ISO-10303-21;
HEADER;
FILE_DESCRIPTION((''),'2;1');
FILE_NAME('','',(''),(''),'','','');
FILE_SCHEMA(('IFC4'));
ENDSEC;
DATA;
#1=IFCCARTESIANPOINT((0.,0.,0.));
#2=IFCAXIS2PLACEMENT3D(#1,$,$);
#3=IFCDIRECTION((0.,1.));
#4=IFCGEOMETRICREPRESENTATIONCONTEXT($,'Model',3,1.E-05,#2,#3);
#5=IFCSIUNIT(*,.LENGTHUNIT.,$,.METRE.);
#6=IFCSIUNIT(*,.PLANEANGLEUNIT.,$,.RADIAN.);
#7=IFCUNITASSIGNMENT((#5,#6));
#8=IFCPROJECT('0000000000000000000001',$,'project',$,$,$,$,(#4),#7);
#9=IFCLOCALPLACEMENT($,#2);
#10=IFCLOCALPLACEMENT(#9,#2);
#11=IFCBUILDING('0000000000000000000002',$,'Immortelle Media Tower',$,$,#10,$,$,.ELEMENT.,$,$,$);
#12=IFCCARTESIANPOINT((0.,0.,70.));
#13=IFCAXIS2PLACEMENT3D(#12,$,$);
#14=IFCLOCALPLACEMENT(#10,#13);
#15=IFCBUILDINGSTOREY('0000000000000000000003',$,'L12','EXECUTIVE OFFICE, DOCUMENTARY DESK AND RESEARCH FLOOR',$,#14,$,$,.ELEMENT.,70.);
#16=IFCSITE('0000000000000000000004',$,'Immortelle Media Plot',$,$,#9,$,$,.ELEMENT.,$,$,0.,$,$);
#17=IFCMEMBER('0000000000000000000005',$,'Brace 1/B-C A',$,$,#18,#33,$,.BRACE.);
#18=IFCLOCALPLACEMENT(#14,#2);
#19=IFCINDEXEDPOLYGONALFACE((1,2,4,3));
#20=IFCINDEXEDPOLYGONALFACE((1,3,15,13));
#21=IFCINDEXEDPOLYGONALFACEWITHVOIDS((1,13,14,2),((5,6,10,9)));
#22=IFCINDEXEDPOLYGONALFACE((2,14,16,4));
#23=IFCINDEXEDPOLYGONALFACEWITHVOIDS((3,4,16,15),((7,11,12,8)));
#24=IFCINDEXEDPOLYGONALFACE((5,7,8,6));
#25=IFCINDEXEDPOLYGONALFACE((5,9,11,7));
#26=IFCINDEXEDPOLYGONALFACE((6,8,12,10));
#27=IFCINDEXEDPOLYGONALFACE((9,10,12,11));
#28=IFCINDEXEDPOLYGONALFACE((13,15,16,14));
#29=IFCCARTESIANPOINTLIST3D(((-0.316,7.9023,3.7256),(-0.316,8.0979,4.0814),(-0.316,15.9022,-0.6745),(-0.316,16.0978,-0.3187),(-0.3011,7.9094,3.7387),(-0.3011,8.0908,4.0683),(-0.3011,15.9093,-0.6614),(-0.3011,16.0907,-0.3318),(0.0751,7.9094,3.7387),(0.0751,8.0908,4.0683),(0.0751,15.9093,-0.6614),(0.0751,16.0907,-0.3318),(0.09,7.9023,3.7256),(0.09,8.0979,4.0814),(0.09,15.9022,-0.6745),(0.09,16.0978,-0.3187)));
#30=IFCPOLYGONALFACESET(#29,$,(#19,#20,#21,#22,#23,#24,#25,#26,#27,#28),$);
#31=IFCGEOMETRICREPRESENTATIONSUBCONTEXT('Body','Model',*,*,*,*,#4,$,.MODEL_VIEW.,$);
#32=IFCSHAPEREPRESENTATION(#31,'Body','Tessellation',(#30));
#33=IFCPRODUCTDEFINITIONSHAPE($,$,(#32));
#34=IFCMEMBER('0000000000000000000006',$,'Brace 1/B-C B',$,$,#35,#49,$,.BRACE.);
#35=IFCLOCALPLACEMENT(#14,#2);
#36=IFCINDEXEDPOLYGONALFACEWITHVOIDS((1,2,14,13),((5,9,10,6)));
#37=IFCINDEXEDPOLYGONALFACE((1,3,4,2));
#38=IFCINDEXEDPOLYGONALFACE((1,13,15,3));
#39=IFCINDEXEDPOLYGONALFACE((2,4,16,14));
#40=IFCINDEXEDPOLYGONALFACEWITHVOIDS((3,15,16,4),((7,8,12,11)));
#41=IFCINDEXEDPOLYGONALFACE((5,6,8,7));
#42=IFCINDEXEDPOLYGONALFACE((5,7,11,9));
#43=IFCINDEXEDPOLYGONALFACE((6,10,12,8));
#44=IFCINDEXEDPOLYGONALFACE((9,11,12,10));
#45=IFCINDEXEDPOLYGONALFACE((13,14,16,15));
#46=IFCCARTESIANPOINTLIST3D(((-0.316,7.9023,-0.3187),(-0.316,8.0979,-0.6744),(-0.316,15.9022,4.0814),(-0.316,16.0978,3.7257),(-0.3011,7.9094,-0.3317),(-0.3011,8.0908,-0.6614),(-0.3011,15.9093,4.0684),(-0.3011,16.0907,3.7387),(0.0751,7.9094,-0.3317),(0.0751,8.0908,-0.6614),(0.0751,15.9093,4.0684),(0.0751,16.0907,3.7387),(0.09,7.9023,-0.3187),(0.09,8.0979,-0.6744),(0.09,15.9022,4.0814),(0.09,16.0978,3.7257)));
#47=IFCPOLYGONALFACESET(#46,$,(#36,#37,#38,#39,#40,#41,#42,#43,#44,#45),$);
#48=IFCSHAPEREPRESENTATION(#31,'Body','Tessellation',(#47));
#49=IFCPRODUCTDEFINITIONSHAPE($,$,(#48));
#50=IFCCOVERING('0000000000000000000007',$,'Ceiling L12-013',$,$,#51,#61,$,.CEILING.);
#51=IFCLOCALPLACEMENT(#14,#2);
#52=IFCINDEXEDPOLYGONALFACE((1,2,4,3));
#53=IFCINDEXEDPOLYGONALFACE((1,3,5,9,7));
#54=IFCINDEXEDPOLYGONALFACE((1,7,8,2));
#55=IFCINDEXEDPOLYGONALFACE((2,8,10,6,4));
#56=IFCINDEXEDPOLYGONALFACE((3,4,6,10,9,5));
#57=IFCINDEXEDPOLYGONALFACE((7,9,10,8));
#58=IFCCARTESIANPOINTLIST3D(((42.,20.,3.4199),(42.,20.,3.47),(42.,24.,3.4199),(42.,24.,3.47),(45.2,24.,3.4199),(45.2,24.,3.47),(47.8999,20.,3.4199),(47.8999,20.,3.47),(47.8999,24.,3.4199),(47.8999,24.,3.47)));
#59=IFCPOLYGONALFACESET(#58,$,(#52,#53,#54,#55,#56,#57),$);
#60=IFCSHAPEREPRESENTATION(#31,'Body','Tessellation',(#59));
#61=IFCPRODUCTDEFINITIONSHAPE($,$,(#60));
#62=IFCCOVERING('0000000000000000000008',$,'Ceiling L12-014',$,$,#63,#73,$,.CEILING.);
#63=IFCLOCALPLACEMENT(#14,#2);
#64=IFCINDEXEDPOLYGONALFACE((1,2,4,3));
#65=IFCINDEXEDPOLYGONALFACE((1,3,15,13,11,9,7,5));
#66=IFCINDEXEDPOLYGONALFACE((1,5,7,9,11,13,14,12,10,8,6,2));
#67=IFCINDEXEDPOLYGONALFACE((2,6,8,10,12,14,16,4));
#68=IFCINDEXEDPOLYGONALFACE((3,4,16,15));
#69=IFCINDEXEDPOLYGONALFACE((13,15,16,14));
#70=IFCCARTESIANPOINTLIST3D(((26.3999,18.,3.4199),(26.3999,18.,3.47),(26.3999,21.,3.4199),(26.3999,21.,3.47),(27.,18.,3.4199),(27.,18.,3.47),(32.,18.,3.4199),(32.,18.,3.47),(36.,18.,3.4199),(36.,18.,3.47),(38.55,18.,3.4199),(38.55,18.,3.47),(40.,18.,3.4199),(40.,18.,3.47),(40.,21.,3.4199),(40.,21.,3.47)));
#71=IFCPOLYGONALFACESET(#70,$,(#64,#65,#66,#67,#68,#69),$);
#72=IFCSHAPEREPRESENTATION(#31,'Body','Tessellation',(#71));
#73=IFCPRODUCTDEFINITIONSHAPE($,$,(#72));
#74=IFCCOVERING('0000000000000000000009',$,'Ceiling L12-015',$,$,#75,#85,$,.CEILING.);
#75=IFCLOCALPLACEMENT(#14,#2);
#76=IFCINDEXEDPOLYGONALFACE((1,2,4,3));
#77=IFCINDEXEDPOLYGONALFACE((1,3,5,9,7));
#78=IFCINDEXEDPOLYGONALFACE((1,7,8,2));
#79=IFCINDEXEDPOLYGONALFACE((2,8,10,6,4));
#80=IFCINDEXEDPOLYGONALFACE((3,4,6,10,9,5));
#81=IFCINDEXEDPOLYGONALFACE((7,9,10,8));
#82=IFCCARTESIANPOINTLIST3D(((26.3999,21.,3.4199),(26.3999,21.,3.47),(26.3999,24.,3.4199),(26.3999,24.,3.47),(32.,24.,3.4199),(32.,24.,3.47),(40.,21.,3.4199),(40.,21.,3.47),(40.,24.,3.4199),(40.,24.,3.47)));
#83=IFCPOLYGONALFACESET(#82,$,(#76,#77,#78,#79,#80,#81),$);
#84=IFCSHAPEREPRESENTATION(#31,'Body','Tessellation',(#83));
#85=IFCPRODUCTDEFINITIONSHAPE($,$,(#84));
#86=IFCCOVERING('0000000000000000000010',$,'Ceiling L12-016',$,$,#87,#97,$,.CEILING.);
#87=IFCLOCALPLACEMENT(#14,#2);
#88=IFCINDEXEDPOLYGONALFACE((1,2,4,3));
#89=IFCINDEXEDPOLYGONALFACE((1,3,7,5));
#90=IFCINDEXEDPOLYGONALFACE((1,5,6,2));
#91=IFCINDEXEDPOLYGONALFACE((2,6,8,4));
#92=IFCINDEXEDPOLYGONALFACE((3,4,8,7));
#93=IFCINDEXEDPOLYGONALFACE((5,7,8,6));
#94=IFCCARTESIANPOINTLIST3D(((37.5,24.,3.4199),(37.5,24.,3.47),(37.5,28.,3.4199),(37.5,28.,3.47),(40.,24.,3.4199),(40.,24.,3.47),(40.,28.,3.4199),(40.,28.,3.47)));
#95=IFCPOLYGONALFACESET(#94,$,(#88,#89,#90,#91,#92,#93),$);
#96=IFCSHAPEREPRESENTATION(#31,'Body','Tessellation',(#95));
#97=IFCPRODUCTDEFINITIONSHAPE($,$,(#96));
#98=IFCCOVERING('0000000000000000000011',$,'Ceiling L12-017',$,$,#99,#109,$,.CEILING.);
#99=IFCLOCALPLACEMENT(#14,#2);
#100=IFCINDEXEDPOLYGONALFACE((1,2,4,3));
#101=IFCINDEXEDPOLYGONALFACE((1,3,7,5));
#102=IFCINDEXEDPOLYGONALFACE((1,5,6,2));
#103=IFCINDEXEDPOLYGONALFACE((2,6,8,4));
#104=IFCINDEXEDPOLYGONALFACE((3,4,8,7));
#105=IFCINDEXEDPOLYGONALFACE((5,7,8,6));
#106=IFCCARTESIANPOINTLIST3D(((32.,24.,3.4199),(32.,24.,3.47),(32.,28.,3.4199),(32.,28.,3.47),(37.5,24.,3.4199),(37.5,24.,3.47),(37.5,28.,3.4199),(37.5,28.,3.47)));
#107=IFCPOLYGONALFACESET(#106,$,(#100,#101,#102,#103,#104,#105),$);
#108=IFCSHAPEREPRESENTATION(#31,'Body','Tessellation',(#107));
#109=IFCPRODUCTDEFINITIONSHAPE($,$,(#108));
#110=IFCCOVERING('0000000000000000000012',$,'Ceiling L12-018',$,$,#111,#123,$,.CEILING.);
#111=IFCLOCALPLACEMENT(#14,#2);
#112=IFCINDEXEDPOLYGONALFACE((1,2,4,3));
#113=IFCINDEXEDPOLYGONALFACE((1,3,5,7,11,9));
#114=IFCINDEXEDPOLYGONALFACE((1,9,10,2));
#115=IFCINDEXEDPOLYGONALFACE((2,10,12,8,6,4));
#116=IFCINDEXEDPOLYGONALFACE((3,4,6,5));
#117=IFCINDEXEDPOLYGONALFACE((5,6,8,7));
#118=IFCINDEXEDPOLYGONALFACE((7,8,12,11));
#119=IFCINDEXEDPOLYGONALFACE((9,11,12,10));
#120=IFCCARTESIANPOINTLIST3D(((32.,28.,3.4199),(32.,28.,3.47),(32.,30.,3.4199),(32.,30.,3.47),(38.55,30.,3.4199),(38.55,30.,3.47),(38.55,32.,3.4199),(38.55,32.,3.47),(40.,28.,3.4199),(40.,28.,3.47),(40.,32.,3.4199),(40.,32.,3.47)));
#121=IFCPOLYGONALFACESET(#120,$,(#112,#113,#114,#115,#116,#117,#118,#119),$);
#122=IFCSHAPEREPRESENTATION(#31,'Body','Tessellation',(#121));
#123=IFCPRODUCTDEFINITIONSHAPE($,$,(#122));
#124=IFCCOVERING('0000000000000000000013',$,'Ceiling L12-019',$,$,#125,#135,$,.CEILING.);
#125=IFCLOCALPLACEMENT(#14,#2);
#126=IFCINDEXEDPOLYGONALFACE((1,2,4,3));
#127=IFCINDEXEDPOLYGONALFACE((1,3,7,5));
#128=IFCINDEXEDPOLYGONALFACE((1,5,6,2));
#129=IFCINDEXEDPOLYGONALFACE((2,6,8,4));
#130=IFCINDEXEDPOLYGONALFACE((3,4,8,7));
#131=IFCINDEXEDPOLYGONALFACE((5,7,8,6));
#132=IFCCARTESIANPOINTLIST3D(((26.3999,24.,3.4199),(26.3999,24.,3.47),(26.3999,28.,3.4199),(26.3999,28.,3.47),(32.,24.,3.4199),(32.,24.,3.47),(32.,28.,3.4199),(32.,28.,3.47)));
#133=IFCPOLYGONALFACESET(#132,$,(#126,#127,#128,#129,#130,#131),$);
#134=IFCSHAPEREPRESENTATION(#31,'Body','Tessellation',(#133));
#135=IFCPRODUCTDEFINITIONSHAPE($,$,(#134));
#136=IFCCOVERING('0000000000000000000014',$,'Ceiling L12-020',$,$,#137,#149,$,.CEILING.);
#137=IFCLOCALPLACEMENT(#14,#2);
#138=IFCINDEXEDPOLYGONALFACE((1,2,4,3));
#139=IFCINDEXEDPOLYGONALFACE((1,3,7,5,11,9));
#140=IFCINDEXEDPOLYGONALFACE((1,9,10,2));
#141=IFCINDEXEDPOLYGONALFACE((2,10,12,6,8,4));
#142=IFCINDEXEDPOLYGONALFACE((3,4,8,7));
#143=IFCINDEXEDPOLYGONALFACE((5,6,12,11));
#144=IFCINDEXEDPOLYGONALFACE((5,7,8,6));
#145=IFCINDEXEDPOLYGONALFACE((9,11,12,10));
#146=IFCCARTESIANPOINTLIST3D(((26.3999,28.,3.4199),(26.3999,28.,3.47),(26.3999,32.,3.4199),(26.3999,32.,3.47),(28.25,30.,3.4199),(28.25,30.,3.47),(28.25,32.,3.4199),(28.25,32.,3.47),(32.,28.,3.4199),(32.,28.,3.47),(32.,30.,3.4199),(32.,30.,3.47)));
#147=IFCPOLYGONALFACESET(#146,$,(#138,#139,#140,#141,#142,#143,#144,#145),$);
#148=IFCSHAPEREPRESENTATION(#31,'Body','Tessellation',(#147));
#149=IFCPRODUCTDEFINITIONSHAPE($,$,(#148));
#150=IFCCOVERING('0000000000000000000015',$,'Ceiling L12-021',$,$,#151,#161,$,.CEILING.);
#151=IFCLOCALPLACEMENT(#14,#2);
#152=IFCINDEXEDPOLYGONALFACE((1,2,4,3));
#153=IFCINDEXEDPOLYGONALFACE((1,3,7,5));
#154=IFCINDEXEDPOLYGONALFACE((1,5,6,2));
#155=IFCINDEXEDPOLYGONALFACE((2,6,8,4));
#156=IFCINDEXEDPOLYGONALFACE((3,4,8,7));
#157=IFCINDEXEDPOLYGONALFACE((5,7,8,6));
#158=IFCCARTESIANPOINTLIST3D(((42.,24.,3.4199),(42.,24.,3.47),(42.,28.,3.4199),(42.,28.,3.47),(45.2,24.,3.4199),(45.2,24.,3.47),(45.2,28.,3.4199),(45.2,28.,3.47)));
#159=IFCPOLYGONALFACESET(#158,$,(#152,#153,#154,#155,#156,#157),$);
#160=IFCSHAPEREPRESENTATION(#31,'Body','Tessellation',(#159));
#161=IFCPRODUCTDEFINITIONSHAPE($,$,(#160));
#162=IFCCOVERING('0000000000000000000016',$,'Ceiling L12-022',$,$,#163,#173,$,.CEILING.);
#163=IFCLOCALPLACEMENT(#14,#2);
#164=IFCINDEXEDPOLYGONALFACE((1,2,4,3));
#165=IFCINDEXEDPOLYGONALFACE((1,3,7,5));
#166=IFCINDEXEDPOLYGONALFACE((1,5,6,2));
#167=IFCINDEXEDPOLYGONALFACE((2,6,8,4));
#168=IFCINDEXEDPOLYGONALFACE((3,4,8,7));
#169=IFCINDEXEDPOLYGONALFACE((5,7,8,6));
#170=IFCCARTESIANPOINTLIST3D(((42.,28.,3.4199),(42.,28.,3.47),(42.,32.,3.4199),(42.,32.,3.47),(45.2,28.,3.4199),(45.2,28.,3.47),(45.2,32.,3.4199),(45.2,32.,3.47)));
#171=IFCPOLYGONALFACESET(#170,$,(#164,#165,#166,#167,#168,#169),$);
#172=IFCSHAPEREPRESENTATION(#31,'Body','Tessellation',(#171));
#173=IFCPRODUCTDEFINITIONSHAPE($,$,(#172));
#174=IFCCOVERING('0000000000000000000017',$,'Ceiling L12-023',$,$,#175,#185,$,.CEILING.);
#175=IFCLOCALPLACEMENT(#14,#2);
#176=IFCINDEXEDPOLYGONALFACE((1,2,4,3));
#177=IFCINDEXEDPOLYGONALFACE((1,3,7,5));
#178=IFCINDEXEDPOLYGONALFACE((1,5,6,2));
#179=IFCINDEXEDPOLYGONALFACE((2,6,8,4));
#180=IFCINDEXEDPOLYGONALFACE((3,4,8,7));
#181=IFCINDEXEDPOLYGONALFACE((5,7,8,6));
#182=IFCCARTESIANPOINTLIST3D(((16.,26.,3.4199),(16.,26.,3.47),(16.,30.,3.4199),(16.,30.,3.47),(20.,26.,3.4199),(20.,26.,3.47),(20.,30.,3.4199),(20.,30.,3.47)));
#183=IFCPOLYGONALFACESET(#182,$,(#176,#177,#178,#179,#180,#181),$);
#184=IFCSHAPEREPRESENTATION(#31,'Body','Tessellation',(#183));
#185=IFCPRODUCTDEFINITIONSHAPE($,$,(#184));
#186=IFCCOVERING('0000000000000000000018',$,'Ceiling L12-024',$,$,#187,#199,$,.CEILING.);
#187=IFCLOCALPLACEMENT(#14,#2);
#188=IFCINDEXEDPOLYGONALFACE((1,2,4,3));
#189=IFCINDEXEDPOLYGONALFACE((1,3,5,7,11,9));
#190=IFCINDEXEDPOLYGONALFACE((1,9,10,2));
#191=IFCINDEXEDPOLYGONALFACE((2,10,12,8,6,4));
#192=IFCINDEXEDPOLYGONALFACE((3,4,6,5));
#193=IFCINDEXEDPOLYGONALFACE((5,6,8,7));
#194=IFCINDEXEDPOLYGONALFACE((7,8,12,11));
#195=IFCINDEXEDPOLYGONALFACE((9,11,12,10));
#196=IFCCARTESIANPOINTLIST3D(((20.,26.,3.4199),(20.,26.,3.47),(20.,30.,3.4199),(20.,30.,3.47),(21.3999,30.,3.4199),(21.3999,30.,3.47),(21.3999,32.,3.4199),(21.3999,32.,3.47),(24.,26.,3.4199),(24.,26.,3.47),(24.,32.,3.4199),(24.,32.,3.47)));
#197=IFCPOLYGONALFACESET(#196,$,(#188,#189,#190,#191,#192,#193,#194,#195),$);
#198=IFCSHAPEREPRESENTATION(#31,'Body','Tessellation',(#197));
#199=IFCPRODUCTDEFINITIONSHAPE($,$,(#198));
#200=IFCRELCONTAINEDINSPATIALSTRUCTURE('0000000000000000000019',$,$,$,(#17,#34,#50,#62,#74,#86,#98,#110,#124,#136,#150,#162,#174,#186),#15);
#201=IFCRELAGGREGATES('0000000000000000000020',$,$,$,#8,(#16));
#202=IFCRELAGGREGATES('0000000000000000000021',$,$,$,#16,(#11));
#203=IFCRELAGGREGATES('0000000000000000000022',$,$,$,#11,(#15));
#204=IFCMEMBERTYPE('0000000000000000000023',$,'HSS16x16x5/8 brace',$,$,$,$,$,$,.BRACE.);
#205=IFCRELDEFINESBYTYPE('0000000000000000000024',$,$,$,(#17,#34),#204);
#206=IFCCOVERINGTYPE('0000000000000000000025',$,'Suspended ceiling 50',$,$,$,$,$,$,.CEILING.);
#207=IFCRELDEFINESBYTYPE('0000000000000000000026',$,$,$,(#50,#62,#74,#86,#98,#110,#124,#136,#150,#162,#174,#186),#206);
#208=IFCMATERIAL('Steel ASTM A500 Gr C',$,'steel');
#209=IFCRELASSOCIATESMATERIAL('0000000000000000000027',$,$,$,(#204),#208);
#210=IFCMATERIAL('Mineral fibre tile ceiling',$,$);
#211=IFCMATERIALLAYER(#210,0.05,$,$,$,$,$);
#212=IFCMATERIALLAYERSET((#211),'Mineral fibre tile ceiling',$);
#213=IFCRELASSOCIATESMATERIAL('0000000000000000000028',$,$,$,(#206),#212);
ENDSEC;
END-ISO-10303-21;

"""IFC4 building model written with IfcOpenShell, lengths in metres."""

from ifc_helpers import new_model, si_unit, direction, frame, origin, origin_2d, place, context, subcontext, project, spatial, polyline, hollow_rectangle, outline, extrude, material, layer, layer_set, material_profile, profile_set, type_object, element, save


model = new_model("IFC4")

# Units and contexts
model_context = context("Model", 3, precision=1e-05, world=origin(), true_north=direction((0.0, 1.0)))
body_context = subcontext(model_context, "Body", "Model", "MODEL_VIEW")
ifc_project = project(units=[si_unit("LENGTHUNIT", "METRE"), si_unit("PLANEANGLEUNIT", "RADIAN")], contexts=[model_context])

# Site, building, storey
site_placement = place(None, origin())
site = spatial("IfcSite", under=ifc_project, at=site_placement, Name="Immortelle Media Plot", CompositionType="ELEMENT", RefElevation=0.0)
building_placement = place(site_placement, origin())
building = spatial("IfcBuilding", under=site, at=building_placement, Name="Immortelle Media Tower", CompositionType="ELEMENT")
storey_placement = place(building_placement, frame((0.0, 0.0, 70.0)))
storey = spatial("IfcBuildingStorey", under=building, at=storey_placement, Name="L12", Description="EXECUTIVE OFFICE, DOCUMENTARY DESK AND RESEARCH FLOOR", CompositionType="ELEMENT", Elevation=70.0)

# Members
ifc_material_1 = material(Name="Steel ASTM A500 Gr C", Category="steel")
ifc_material_profile_1 = material_profile(ifc_material_1, hollow_rectangle(XDim=0.406, YDim=0.406, WallThickness=0.0149, at=origin_2d()), Name="HSS16x16x5/8 brace")
ifc_profile_set_1 = profile_set([ifc_material_profile_1], Name="Steel ASTM A500 Gr C")
member_type = type_object("IfcMemberType", Name="HSS16x16x5/8 brace", PredefinedType="BRACE", material=ifc_profile_set_1)
for number, where, z_axis, x_axis, name in (
    (1, (-0.113, 16.0, -0.4966), (0.0, -0.876209, 0.481931), (1.0, 0.0, 0.0), "Brace 1/B-C A"),
    (2, (-0.113, 16.0, 3.9036), (0.0, -0.876209, -0.481931), (1.0, 0.0, 0.0), "Brace 1/B-C B"),
):
    element("IfcMember", number, at=place(storey_placement, frame(where, z_axis=z_axis, x_axis=x_axis)), inside=storey, type_object=member_type, Name=name, PredefinedType="BRACE", context=body_context, shape_type="SweptSolid", body=[
        extrude(hollow_rectangle(XDim=0.406, YDim=0.406, WallThickness=0.0149, at=origin_2d()), origin(), (0.0, 0.0, 1.0), 9.1301),
    ])

# Coverings
ifc_material_2 = material(Name="Mineral fibre tile ceiling")
ifc_layer = layer(ifc_material_2, 0.05)
ifc_layer_set = layer_set([ifc_layer], Name="Mineral fibre tile ceiling")
covering_type = type_object("IfcCoveringType", Name="Suspended ceiling 50", PredefinedType="CEILING", material=ifc_layer_set)
covering_1_placement = place(storey_placement, frame((0.0, 0.0, 3.4199)))
element("IfcCovering", 3, at=covering_1_placement, inside=storey, type_object=covering_type, Name="Ceiling L12-013", PredefinedType="CEILING", context=body_context, shape_type="SweptSolid", body=[
    extrude(outline(polyline([(42.0, 24.0), (45.2, 24.0), (47.8999, 24.0), (47.8999, 20.0), (42.0, 20.0), (42.0, 24.0)])), origin(), (0.0, 0.0, 1.0), 0.05),
])
covering_2_placement = place(storey_placement, frame((0.0, 0.0, 3.4199)))
element("IfcCovering", 4, at=covering_2_placement, inside=storey, type_object=covering_type, Name="Ceiling L12-014", PredefinedType="CEILING", context=body_context, shape_type="SweptSolid", body=[
    extrude(outline(polyline([(26.3999, 18.0), (26.3999, 21.0), (40.0, 21.0), (40.0, 18.0), (38.55, 18.0), (36.0, 18.0), (32.0, 18.0), (27.0, 18.0), (26.3999, 18.0)])), origin(), (0.0, 0.0, 1.0), 0.05),
])
covering_3_placement = place(storey_placement, frame((0.0, 0.0, 3.4199)))
element("IfcCovering", 5, at=covering_3_placement, inside=storey, type_object=covering_type, Name="Ceiling L12-015", PredefinedType="CEILING", context=body_context, shape_type="SweptSolid", body=[
    extrude(outline(polyline([(26.3999, 24.0), (32.0, 24.0), (40.0, 24.0), (40.0, 21.0), (26.3999, 21.0), (26.3999, 24.0)])), origin(), (0.0, 0.0, 1.0), 0.05),
])
covering_4_placement = place(storey_placement, frame((0.0, 0.0, 3.4199)))
element("IfcCovering", 6, at=covering_4_placement, inside=storey, type_object=covering_type, Name="Ceiling L12-016", PredefinedType="CEILING", context=body_context, shape_type="SweptSolid", body=[
    extrude(outline(polyline([(40.0, 28.0), (40.0, 24.0), (37.5, 24.0), (37.5, 28.0), (40.0, 28.0)])), origin(), (0.0, 0.0, 1.0), 0.05),
])
covering_5_placement = place(storey_placement, frame((0.0, 0.0, 3.4199)))
element("IfcCovering", 7, at=covering_5_placement, inside=storey, type_object=covering_type, Name="Ceiling L12-017", PredefinedType="CEILING", context=body_context, shape_type="SweptSolid", body=[
    extrude(outline(polyline([(37.5, 28.0), (37.5, 24.0), (32.0, 24.0), (32.0, 28.0), (37.5, 28.0)])), origin(), (0.0, 0.0, 1.0), 0.05),
])
covering_6_placement = place(storey_placement, frame((0.0, 0.0, 3.4199)))
element("IfcCovering", 8, at=covering_6_placement, inside=storey, type_object=covering_type, Name="Ceiling L12-018", PredefinedType="CEILING", context=body_context, shape_type="SweptSolid", body=[
    extrude(outline(polyline([(32.0, 30.0), (38.55, 30.0), (38.55, 32.0), (40.0, 32.0), (40.0, 28.0), (32.0, 28.0), (32.0, 30.0)])), origin(), (0.0, 0.0, 1.0), 0.05),
])
covering_7_placement = place(storey_placement, frame((0.0, 0.0, 3.4199)))
element("IfcCovering", 9, at=covering_7_placement, inside=storey, type_object=covering_type, Name="Ceiling L12-019", PredefinedType="CEILING", context=body_context, shape_type="SweptSolid", body=[
    extrude(outline(polyline([(26.3999, 28.0), (32.0, 28.0), (32.0, 24.0), (26.3999, 24.0), (26.3999, 28.0)])), origin(), (0.0, 0.0, 1.0), 0.05),
])
covering_8_placement = place(storey_placement, frame((0.0, 0.0, 3.4199)))
element("IfcCovering", 10, at=covering_8_placement, inside=storey, type_object=covering_type, Name="Ceiling L12-020", PredefinedType="CEILING", context=body_context, shape_type="SweptSolid", body=[
    extrude(outline(polyline([(26.3999, 32.0), (28.25, 32.0), (28.25, 30.0), (32.0, 30.0), (32.0, 28.0), (26.3999, 28.0), (26.3999, 32.0)])), origin(), (0.0, 0.0, 1.0), 0.05),
])
covering_9_placement = place(storey_placement, frame((0.0, 0.0, 3.4199)))
element("IfcCovering", 11, at=covering_9_placement, inside=storey, type_object=covering_type, Name="Ceiling L12-021", PredefinedType="CEILING", context=body_context, shape_type="SweptSolid", body=[
    extrude(outline(polyline([(42.0, 24.0), (42.0, 28.0), (45.2, 28.0), (45.2, 24.0), (42.0, 24.0)])), origin(), (0.0, 0.0, 1.0), 0.05),
])
covering_10_placement = place(storey_placement, frame((0.0, 0.0, 3.4199)))
element("IfcCovering", 12, at=covering_10_placement, inside=storey, type_object=covering_type, Name="Ceiling L12-022", PredefinedType="CEILING", context=body_context, shape_type="SweptSolid", body=[
    extrude(outline(polyline([(42.0, 32.0), (45.2, 32.0), (45.2, 28.0), (42.0, 28.0), (42.0, 32.0)])), origin(), (0.0, 0.0, 1.0), 0.05),
])
covering_11_placement = place(storey_placement, frame((0.0, 0.0, 3.4199)))
element("IfcCovering", 13, at=covering_11_placement, inside=storey, type_object=covering_type, Name="Ceiling L12-023", PredefinedType="CEILING", context=body_context, shape_type="SweptSolid", body=[
    extrude(outline(polyline([(16.0, 30.0), (20.0, 30.0), (20.0, 26.0), (16.0, 26.0), (16.0, 30.0)])), origin(), (0.0, 0.0, 1.0), 0.05),
])
covering_12_placement = place(storey_placement, frame((0.0, 0.0, 3.4199)))
element("IfcCovering", 14, at=covering_12_placement, inside=storey, type_object=covering_type, Name="Ceiling L12-024", PredefinedType="CEILING", context=body_context, shape_type="SweptSolid", body=[
    extrude(outline(polyline([(21.3999, 30.0), (21.3999, 32.0), (24.0, 32.0), (24.0, 26.0), (20.0, 26.0), (20.0, 30.0), (21.3999, 30.0)])), origin(), (0.0, 0.0, 1.0), 0.05),
])

save(model, "model.ifc")
